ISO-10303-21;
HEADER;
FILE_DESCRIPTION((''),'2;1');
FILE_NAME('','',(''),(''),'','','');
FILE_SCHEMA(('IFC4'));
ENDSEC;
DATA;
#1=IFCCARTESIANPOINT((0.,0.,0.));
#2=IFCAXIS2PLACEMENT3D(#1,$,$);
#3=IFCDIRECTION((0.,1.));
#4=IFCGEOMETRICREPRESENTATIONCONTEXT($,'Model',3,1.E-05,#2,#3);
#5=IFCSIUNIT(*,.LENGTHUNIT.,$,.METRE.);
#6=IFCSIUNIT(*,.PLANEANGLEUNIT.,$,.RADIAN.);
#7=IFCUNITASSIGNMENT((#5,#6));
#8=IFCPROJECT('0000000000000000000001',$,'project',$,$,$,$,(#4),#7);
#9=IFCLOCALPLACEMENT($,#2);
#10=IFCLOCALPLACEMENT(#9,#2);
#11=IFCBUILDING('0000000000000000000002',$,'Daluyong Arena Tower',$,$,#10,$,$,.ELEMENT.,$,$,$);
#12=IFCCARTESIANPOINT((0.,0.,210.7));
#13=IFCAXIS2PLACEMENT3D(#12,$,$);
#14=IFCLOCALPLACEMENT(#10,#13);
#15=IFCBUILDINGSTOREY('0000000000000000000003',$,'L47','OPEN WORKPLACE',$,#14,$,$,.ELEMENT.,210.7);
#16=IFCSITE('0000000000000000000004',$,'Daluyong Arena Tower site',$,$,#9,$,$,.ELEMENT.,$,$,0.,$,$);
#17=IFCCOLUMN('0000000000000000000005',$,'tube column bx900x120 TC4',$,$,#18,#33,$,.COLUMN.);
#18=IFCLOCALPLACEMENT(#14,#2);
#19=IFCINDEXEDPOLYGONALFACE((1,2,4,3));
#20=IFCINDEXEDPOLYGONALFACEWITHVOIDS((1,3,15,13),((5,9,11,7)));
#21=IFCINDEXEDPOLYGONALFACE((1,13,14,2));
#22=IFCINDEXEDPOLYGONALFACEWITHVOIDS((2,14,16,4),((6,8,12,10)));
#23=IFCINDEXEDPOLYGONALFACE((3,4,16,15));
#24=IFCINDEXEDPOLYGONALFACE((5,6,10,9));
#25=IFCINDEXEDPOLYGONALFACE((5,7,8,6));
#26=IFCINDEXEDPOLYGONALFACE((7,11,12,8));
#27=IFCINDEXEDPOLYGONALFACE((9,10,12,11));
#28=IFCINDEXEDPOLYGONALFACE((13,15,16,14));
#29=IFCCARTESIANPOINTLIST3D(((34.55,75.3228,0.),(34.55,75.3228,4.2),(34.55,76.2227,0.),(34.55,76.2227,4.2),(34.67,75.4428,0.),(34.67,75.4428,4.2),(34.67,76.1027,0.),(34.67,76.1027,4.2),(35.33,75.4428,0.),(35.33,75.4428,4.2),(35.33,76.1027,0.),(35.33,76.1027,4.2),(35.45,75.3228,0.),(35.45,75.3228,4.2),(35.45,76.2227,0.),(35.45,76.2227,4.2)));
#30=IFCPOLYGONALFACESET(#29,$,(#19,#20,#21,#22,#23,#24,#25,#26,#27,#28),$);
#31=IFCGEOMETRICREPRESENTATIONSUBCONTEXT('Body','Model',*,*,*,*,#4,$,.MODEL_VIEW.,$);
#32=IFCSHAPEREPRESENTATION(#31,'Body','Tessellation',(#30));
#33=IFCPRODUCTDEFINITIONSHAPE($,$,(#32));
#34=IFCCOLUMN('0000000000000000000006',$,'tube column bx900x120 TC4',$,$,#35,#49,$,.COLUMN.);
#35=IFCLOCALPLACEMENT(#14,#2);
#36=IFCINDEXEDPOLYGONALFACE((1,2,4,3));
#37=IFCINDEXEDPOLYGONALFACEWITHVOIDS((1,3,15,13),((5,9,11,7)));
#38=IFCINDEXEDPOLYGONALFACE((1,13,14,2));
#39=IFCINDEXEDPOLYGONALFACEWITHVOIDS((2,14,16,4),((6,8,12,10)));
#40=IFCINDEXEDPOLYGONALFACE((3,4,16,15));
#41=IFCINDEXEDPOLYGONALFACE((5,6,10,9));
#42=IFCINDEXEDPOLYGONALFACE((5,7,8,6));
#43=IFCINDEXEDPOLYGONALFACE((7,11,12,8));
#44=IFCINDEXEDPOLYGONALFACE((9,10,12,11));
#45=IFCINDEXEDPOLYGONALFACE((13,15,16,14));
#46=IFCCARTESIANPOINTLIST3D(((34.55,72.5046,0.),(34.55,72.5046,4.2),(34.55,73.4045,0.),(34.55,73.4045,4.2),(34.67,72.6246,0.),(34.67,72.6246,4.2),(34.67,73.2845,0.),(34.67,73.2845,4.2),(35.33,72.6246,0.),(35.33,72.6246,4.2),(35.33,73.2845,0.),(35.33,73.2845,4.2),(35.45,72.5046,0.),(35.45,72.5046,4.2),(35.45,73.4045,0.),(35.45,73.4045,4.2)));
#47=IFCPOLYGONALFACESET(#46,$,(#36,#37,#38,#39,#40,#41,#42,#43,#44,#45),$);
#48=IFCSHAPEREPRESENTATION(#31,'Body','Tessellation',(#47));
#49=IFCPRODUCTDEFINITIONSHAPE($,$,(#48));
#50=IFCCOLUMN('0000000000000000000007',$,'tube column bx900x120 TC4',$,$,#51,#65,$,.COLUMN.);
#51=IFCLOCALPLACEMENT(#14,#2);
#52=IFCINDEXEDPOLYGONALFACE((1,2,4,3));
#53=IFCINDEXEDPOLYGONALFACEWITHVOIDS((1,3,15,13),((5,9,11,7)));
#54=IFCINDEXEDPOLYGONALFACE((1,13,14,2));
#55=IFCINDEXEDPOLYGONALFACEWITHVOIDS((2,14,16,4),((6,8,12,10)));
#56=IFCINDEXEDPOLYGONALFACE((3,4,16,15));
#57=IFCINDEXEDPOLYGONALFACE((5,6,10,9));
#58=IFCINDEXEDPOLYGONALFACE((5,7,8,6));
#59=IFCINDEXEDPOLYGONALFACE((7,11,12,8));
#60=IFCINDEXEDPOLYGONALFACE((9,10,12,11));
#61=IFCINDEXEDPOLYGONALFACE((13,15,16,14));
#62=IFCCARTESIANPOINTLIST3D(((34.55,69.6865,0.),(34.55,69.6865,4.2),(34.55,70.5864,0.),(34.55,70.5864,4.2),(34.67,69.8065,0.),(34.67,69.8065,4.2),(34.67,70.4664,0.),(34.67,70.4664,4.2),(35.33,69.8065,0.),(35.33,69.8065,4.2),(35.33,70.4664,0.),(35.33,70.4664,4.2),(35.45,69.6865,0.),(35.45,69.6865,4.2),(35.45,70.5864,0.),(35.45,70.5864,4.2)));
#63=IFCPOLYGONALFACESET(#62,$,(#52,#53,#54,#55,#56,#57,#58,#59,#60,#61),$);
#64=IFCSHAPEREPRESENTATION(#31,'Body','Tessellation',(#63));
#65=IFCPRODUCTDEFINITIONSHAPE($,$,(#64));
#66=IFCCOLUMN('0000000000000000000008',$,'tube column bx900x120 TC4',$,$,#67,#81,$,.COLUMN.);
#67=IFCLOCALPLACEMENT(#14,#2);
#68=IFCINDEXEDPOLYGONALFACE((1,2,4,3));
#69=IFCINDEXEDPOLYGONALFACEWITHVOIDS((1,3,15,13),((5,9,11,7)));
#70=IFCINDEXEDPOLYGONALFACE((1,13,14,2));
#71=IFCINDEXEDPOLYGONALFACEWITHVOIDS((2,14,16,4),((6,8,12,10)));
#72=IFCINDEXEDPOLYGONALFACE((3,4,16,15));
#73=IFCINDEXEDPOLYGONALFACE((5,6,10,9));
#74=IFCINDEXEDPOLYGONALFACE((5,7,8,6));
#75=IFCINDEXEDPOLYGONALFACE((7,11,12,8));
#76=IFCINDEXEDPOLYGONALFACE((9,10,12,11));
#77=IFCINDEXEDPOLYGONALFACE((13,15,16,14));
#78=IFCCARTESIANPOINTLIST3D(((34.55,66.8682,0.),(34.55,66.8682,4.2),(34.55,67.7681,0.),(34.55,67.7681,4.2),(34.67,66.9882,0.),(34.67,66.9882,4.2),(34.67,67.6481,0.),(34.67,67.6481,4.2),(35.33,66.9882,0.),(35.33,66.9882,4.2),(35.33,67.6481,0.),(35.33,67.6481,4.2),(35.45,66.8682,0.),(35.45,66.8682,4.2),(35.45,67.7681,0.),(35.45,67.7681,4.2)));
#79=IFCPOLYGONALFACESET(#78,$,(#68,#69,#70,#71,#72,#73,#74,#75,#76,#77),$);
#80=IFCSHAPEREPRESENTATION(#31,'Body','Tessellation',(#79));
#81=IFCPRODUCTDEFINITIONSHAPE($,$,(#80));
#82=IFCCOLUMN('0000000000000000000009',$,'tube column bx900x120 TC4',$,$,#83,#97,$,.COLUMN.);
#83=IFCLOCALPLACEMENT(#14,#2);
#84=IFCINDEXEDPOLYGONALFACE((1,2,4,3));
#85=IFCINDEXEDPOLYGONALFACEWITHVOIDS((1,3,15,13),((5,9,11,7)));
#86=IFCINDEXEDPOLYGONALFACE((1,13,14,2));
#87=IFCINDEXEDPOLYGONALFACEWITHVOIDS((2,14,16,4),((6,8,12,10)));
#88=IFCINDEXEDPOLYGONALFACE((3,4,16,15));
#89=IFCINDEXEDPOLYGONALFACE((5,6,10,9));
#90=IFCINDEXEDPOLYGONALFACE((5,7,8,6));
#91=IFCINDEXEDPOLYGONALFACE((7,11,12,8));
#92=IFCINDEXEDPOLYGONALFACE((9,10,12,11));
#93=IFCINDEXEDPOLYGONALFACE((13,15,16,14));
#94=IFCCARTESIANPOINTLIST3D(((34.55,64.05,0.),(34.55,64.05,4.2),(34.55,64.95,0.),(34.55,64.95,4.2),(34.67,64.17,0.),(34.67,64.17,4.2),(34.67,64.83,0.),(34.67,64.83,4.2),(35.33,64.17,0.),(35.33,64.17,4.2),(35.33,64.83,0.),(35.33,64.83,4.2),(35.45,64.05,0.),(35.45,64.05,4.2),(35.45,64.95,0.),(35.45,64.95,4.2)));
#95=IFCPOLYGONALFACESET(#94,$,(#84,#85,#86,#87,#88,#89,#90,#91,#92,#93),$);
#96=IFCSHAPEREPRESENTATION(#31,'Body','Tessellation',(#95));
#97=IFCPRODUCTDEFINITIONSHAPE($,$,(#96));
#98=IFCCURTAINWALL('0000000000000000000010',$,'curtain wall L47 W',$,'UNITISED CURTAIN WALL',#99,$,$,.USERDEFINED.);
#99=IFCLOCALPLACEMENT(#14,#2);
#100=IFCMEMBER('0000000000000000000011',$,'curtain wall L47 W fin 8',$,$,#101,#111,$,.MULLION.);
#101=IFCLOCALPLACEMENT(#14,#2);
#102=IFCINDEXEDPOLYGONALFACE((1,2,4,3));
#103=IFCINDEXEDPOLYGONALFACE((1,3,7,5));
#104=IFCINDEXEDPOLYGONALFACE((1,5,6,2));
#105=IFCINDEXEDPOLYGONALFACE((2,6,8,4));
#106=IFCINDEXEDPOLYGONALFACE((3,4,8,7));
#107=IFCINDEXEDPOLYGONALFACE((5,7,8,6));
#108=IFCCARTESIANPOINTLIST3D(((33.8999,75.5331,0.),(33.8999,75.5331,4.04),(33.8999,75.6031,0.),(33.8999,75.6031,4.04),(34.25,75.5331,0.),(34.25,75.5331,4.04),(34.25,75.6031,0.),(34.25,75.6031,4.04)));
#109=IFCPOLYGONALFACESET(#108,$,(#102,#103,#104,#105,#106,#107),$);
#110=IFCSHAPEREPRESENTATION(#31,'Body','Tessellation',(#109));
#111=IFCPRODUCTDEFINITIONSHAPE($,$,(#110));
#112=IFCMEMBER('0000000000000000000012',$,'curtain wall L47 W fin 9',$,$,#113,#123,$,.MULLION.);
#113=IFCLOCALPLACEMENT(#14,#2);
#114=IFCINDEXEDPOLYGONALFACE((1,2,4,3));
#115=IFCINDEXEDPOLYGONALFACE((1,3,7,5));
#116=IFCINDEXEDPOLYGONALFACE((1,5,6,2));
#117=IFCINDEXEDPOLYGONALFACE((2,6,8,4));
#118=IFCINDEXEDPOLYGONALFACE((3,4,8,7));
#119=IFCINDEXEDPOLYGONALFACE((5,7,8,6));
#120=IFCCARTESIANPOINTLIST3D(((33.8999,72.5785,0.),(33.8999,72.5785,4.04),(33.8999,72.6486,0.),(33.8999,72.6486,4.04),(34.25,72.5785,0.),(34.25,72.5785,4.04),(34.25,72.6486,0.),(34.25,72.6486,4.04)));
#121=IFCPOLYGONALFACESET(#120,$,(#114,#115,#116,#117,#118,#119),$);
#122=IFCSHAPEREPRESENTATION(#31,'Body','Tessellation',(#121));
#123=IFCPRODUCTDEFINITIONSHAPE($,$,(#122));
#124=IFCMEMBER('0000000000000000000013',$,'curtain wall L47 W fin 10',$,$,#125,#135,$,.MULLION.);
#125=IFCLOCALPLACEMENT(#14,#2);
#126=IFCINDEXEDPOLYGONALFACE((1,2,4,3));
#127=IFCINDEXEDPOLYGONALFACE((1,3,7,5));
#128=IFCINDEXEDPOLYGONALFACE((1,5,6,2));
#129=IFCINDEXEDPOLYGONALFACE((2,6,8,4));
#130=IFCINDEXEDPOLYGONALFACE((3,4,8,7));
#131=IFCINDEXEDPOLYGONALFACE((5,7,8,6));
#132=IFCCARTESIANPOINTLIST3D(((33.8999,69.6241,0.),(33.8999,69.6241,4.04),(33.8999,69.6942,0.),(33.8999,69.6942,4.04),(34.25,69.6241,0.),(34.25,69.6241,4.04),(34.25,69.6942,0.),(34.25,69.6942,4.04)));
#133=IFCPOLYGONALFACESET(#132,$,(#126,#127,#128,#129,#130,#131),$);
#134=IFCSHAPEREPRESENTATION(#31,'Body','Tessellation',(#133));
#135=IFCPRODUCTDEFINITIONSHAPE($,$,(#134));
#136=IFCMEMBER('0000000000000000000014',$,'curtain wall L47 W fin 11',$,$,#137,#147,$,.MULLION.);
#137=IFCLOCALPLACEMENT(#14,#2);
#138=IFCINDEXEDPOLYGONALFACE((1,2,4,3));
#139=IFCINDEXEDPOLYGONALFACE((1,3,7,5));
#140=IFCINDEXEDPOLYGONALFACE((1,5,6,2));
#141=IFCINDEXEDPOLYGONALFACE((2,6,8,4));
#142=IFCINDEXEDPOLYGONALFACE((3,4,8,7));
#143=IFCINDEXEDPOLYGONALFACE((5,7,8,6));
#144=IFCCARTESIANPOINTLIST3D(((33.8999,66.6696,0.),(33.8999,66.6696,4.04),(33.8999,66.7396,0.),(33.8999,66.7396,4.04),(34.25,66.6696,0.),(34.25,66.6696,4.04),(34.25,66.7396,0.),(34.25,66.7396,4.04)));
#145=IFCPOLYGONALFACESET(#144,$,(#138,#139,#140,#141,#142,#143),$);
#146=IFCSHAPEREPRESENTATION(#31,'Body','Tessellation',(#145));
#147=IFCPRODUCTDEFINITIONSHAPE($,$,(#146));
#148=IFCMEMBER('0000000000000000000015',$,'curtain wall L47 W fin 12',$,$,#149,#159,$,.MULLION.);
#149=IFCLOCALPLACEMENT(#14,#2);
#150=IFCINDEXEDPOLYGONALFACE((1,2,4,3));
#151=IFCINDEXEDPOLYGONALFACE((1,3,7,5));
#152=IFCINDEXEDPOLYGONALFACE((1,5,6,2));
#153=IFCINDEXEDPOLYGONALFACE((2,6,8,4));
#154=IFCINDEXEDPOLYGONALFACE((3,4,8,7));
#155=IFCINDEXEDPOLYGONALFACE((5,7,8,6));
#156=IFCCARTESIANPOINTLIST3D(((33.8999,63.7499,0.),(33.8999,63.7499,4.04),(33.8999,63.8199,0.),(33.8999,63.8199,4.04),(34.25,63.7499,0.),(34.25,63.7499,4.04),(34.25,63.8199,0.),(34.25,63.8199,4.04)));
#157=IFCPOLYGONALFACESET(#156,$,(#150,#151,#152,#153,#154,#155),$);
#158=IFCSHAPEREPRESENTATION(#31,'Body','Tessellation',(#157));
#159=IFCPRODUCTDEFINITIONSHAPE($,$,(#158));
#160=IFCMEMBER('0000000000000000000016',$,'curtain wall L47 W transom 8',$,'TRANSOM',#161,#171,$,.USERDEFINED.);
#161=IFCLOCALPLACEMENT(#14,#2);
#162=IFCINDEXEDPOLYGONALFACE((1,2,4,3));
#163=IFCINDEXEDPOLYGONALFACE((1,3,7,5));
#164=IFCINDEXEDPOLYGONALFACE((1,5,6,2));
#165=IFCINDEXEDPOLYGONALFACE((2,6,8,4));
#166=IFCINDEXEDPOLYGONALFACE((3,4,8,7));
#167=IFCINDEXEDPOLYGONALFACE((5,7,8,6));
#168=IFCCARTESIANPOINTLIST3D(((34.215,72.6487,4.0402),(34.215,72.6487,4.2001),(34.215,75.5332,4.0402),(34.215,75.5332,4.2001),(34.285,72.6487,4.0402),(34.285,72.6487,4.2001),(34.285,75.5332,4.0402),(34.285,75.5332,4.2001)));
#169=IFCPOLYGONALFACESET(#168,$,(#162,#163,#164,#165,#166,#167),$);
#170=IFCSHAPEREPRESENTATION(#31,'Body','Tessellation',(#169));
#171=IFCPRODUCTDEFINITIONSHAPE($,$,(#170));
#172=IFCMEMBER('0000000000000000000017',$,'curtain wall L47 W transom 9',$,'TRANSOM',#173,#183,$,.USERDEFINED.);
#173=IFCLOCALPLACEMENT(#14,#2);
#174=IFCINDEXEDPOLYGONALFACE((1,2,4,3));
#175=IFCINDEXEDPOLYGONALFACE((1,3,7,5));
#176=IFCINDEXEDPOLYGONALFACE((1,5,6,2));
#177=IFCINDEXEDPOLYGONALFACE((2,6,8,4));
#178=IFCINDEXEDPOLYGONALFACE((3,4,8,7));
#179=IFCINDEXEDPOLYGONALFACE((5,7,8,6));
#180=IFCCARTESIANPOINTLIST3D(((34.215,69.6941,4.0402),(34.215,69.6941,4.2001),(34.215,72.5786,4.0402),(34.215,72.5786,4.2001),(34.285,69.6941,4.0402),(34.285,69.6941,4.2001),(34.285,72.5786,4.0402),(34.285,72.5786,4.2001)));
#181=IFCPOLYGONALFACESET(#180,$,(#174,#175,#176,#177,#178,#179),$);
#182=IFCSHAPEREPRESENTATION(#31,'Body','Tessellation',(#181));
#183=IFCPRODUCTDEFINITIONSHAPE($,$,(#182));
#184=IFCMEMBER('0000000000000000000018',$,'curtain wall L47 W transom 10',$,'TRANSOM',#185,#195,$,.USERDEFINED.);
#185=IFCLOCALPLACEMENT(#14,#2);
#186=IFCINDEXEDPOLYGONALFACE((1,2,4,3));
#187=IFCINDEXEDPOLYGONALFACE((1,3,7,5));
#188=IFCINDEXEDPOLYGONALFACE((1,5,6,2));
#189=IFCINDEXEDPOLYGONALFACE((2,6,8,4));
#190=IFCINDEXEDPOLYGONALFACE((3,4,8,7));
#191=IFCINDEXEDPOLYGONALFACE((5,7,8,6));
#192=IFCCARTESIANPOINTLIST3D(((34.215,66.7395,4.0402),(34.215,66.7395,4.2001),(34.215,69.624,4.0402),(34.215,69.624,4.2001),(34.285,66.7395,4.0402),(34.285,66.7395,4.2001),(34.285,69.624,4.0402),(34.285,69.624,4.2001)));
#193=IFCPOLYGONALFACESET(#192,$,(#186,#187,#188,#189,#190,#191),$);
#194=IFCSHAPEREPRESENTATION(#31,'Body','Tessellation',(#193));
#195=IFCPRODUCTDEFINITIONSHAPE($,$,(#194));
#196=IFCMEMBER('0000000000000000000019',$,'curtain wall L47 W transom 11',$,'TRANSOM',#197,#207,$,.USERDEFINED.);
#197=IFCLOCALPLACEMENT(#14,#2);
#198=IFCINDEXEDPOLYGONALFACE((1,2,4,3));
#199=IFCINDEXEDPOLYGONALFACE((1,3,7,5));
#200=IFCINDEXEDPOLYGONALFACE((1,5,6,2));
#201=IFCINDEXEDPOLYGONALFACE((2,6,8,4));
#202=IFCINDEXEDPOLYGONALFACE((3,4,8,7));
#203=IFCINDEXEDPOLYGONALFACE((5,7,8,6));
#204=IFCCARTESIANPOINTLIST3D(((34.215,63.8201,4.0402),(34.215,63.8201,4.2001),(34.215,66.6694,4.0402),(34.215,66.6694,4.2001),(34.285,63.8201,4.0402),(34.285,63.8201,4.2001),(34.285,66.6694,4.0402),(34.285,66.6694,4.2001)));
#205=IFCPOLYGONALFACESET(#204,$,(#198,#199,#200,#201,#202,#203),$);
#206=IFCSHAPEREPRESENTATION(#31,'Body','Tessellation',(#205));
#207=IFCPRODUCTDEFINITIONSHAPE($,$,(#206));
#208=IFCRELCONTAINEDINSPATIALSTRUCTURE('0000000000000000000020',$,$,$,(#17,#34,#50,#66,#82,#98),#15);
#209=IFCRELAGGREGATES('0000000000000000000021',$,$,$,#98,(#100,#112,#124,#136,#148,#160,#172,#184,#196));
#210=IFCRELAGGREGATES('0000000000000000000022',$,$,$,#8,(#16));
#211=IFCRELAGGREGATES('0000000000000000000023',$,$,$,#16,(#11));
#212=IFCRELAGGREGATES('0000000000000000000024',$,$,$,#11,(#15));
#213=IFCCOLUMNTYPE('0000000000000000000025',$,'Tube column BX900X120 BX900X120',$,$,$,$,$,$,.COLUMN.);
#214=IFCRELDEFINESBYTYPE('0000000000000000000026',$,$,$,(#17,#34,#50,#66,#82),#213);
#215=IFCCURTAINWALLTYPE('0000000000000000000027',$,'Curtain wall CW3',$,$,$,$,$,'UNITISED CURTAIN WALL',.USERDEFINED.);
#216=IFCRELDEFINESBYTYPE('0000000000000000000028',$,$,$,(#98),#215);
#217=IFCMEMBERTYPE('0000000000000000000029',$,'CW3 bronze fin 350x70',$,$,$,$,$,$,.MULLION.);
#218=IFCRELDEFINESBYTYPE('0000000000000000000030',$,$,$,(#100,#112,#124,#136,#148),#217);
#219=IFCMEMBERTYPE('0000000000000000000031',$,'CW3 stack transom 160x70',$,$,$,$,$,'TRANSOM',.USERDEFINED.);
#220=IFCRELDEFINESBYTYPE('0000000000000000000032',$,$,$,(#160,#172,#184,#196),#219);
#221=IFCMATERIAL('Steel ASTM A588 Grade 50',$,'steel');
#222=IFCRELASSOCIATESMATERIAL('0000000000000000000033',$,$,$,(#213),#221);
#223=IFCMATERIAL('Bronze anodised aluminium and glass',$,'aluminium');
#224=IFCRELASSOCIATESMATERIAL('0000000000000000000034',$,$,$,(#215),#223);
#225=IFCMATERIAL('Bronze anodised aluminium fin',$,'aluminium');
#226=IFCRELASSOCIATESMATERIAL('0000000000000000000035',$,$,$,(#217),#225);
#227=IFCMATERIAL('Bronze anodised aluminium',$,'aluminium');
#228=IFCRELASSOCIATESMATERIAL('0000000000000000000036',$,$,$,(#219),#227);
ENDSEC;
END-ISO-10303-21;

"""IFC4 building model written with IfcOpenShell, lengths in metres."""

from ifc_helpers import new_model, si_unit, direction, frame, origin, origin_2d, place, context, subcontext, project, spatial, rectangle, hollow_rectangle, extrude, material, material_profile, profile_set, type_object, element, aggregate, save


model = new_model("IFC4")

# Units and contexts
model_context = context("Model", 3, precision=1e-05, world=origin(), true_north=direction((0.0, 1.0)))
body_context = subcontext(model_context, "Body", "Model", "MODEL_VIEW")
ifc_project = project(units=[si_unit("LENGTHUNIT", "METRE"), si_unit("PLANEANGLEUNIT", "RADIAN")], contexts=[model_context])

# Site, building, storey
site_placement = place(None, origin())
site = spatial("IfcSite", under=ifc_project, at=site_placement, Name="Daluyong Arena Tower site", CompositionType="ELEMENT", RefElevation=0.0)
building_placement = place(site_placement, origin())
building = spatial("IfcBuilding", under=site, at=building_placement, Name="Daluyong Arena Tower", CompositionType="ELEMENT")
storey_placement = place(building_placement, frame((0.0, 0.0, 210.7)))
storey = spatial("IfcBuildingStorey", under=building, at=storey_placement, Name="L47", Description="OPEN WORKPLACE", CompositionType="ELEMENT", Elevation=210.7)

# Columns
ifc_material_1 = material(Name="Steel ASTM A588 Grade 50", Category="steel")
ifc_material_profile_1 = material_profile(ifc_material_1, hollow_rectangle(XDim=0.8999, YDim=0.8999, WallThickness=0.12, at=origin_2d()))
ifc_profile_set_1 = profile_set([ifc_material_profile_1], Name="Steel ASTM A588 Grade 50")
column_type = type_object("IfcColumnType", Name="Tube column BX900X120 BX900X120", PredefinedType="COLUMN", material=ifc_profile_set_1)
for number, where, z_axis, x_axis, name in (
    (1, (35.0, 75.7727, 0.0), (0.0, 0.0, 1.0), (0.0, 1.0, 0.0), "tube column bx900x120 TC4"),
    (2, (35.0, 72.9546, 0.0), (0.0, 0.0, 1.0), (0.0, 1.0, 0.0), "tube column bx900x120 TC4"),
    (3, (35.0, 70.1365, 0.0), (0.0, 0.0, 1.0), (0.0, 1.0, 0.0), "tube column bx900x120 TC4"),
    (4, (35.0, 67.3181, 0.0), (0.0, 0.0, 1.0), (0.0, 1.0, 0.0), "tube column bx900x120 TC4"),
    (5, (35.0, 64.5, 0.0), (0.0, 0.0, 1.0), (1.0, 0.0, 0.0), "tube column bx900x120 TC4"),
):
    element("IfcColumn", number, at=place(storey_placement, frame(where, z_axis=z_axis, x_axis=x_axis)), inside=storey, type_object=column_type, Name=name, PredefinedType="COLUMN", context=body_context, shape_type="SweptSolid", body=[
        extrude(hollow_rectangle(XDim=0.8999, YDim=0.8999, WallThickness=0.12, at=origin_2d()), origin(), (0.0, 0.0, 1.0), 4.2),
    ])

# Curtain wall, members
ifc_material_2 = material(Name="Bronze anodised aluminium and glass", Category="aluminium")
curtain_wall_type_1 = type_object("IfcCurtainWallType", Name="Curtain wall CW3", ElementType="UNITISED CURTAIN WALL", PredefinedType="USERDEFINED", material=ifc_material_2)
curtain_wall_1_placement = place(storey_placement, origin())
curtain_wall_1 = element("IfcCurtainWall", 6, at=curtain_wall_1_placement, inside=storey, type_object=curtain_wall_type_1, Name="curtain wall L47 W", ObjectType="UNITISED CURTAIN WALL", PredefinedType="USERDEFINED")
ifc_material_3 = material(Name="Bronze anodised aluminium fin", Category="aluminium")
ifc_material_profile_2 = material_profile(ifc_material_3, rectangle(XDim=0.3501, YDim=0.0701, at=origin_2d()))
ifc_profile_set_2 = profile_set([ifc_material_profile_2], Name="Bronze anodised aluminium fin")
member_type_1 = type_object("IfcMemberType", Name="CW3 bronze fin 350x70", PredefinedType="MULLION", material=ifc_profile_set_2)
member_1_placement = place(storey_placement, frame((34.075, 75.5681, 0.0), z_axis=(0.0, 0.0, 1.0), x_axis=(1.0, 0.0, 0.0)))
member_1 = element("IfcMember", 7, at=member_1_placement, type_object=member_type_1, Name="curtain wall L47 W fin 8", PredefinedType="MULLION", context=body_context, shape_type="SweptSolid", body=[
    extrude(rectangle(XDim=0.3501, YDim=0.0701, at=origin_2d()), origin(), (0.0, 0.0, 1.0), 4.04),
])
member_2_placement = place(storey_placement, frame((34.075, 72.6135, 0.0), z_axis=(0.0, 0.0, 1.0), x_axis=(1.0, 0.0, 0.0)))
member_2 = element("IfcMember", 8, at=member_2_placement, type_object=member_type_1, Name="curtain wall L47 W fin 9", PredefinedType="MULLION", context=body_context, shape_type="SweptSolid", body=[
    extrude(rectangle(XDim=0.3501, YDim=0.0701, at=origin_2d()), origin(), (0.0, 0.0, 1.0), 4.04),
])
member_3_placement = place(storey_placement, frame((34.075, 69.6592, 0.0), z_axis=(0.0, 0.0, 1.0), x_axis=(1.0, 0.0, 0.0)))
member_3 = element("IfcMember", 9, at=member_3_placement, type_object=member_type_1, Name="curtain wall L47 W fin 10", PredefinedType="MULLION", context=body_context, shape_type="SweptSolid", body=[
    extrude(rectangle(XDim=0.3501, YDim=0.0701, at=origin_2d()), origin(), (0.0, 0.0, 1.0), 4.04),
])
member_4_placement = place(storey_placement, frame((34.075, 66.7046, 0.0), z_axis=(0.0, 0.0, 1.0), x_axis=(1.0, 0.0, 0.0)))
member_4 = element("IfcMember", 10, at=member_4_placement, type_object=member_type_1, Name="curtain wall L47 W fin 11", PredefinedType="MULLION", context=body_context, shape_type="SweptSolid", body=[
    extrude(rectangle(XDim=0.3501, YDim=0.0701, at=origin_2d()), origin(), (0.0, 0.0, 1.0), 4.04),
])
member_5_placement = place(storey_placement, frame((34.075, 63.7849, 0.0), z_axis=(0.0, 0.0, 1.0), x_axis=(1.0, 0.0, 0.0)))
member_5 = element("IfcMember", 11, at=member_5_placement, type_object=member_type_1, Name="curtain wall L47 W fin 12", PredefinedType="MULLION", context=body_context, shape_type="SweptSolid", body=[
    extrude(rectangle(XDim=0.3501, YDim=0.0701, at=origin_2d()), origin(), (0.0, 0.0, 1.0), 4.04),
])
ifc_material_4 = material(Name="Bronze anodised aluminium", Category="aluminium")
ifc_material_profile_3 = material_profile(ifc_material_4, rectangle(XDim=0.0701, YDim=0.1599, at=origin_2d()))
ifc_profile_set_3 = profile_set([ifc_material_profile_3], Name="Bronze anodised aluminium")
member_type_2 = type_object("IfcMemberType", Name="CW3 stack transom 160x70", ElementType="TRANSOM", PredefinedType="USERDEFINED", material=ifc_profile_set_3)
member_6_placement = place(storey_placement, frame((34.25, 75.5332, 4.1201), z_axis=(0.0, -1.0, 0.0), x_axis=(1.0, 0.0, 0.0)))
member_6 = element("IfcMember", 12, at=member_6_placement, type_object=member_type_2, Name="curtain wall L47 W transom 8", ObjectType="TRANSOM", PredefinedType="USERDEFINED", context=body_context, shape_type="SweptSolid", body=[
    extrude(rectangle(XDim=0.0701, YDim=0.1599, at=origin_2d()), origin(), (0.0, 0.0, 1.0), 2.8845),
])
member_7_placement = place(storey_placement, frame((34.25, 72.5786, 4.1201), z_axis=(0.0, -1.0, 0.0), x_axis=(1.0, 0.0, 0.0)))
member_7 = element("IfcMember", 13, at=member_7_placement, type_object=member_type_2, Name="curtain wall L47 W transom 9", ObjectType="TRANSOM", PredefinedType="USERDEFINED", context=body_context, shape_type="SweptSolid", body=[
    extrude(rectangle(XDim=0.0701, YDim=0.1599, at=origin_2d()), origin(), (0.0, 0.0, 1.0), 2.8845),
])
member_8_placement = place(storey_placement, frame((34.25, 69.624, 4.1201), z_axis=(0.0, -1.0, 0.0), x_axis=(1.0, 0.0, 0.0)))
member_8 = element("IfcMember", 14, at=member_8_placement, type_object=member_type_2, Name="curtain wall L47 W transom 10", ObjectType="TRANSOM", PredefinedType="USERDEFINED", context=body_context, shape_type="SweptSolid", body=[
    extrude(rectangle(XDim=0.0701, YDim=0.1599, at=origin_2d()), origin(), (0.0, 0.0, 1.0), 2.8845),
])
member_9_placement = place(storey_placement, frame((34.25, 66.6694, 4.1201), z_axis=(0.0, -1.0, 0.0), x_axis=(1.0, 0.0, 0.0)))
member_9 = element("IfcMember", 15, at=member_9_placement, type_object=member_type_2, Name="curtain wall L47 W transom 11", ObjectType="TRANSOM", PredefinedType="USERDEFINED", context=body_context, shape_type="SweptSolid", body=[
    extrude(rectangle(XDim=0.0701, YDim=0.1599, at=origin_2d()), origin(), (0.0, 0.0, 1.0), 2.8494),
])

aggregate(curtain_wall_1, [member_1, member_2, member_3, member_4, member_5, member_6, member_7, member_8, member_9])

save(model, "model.ifc")
